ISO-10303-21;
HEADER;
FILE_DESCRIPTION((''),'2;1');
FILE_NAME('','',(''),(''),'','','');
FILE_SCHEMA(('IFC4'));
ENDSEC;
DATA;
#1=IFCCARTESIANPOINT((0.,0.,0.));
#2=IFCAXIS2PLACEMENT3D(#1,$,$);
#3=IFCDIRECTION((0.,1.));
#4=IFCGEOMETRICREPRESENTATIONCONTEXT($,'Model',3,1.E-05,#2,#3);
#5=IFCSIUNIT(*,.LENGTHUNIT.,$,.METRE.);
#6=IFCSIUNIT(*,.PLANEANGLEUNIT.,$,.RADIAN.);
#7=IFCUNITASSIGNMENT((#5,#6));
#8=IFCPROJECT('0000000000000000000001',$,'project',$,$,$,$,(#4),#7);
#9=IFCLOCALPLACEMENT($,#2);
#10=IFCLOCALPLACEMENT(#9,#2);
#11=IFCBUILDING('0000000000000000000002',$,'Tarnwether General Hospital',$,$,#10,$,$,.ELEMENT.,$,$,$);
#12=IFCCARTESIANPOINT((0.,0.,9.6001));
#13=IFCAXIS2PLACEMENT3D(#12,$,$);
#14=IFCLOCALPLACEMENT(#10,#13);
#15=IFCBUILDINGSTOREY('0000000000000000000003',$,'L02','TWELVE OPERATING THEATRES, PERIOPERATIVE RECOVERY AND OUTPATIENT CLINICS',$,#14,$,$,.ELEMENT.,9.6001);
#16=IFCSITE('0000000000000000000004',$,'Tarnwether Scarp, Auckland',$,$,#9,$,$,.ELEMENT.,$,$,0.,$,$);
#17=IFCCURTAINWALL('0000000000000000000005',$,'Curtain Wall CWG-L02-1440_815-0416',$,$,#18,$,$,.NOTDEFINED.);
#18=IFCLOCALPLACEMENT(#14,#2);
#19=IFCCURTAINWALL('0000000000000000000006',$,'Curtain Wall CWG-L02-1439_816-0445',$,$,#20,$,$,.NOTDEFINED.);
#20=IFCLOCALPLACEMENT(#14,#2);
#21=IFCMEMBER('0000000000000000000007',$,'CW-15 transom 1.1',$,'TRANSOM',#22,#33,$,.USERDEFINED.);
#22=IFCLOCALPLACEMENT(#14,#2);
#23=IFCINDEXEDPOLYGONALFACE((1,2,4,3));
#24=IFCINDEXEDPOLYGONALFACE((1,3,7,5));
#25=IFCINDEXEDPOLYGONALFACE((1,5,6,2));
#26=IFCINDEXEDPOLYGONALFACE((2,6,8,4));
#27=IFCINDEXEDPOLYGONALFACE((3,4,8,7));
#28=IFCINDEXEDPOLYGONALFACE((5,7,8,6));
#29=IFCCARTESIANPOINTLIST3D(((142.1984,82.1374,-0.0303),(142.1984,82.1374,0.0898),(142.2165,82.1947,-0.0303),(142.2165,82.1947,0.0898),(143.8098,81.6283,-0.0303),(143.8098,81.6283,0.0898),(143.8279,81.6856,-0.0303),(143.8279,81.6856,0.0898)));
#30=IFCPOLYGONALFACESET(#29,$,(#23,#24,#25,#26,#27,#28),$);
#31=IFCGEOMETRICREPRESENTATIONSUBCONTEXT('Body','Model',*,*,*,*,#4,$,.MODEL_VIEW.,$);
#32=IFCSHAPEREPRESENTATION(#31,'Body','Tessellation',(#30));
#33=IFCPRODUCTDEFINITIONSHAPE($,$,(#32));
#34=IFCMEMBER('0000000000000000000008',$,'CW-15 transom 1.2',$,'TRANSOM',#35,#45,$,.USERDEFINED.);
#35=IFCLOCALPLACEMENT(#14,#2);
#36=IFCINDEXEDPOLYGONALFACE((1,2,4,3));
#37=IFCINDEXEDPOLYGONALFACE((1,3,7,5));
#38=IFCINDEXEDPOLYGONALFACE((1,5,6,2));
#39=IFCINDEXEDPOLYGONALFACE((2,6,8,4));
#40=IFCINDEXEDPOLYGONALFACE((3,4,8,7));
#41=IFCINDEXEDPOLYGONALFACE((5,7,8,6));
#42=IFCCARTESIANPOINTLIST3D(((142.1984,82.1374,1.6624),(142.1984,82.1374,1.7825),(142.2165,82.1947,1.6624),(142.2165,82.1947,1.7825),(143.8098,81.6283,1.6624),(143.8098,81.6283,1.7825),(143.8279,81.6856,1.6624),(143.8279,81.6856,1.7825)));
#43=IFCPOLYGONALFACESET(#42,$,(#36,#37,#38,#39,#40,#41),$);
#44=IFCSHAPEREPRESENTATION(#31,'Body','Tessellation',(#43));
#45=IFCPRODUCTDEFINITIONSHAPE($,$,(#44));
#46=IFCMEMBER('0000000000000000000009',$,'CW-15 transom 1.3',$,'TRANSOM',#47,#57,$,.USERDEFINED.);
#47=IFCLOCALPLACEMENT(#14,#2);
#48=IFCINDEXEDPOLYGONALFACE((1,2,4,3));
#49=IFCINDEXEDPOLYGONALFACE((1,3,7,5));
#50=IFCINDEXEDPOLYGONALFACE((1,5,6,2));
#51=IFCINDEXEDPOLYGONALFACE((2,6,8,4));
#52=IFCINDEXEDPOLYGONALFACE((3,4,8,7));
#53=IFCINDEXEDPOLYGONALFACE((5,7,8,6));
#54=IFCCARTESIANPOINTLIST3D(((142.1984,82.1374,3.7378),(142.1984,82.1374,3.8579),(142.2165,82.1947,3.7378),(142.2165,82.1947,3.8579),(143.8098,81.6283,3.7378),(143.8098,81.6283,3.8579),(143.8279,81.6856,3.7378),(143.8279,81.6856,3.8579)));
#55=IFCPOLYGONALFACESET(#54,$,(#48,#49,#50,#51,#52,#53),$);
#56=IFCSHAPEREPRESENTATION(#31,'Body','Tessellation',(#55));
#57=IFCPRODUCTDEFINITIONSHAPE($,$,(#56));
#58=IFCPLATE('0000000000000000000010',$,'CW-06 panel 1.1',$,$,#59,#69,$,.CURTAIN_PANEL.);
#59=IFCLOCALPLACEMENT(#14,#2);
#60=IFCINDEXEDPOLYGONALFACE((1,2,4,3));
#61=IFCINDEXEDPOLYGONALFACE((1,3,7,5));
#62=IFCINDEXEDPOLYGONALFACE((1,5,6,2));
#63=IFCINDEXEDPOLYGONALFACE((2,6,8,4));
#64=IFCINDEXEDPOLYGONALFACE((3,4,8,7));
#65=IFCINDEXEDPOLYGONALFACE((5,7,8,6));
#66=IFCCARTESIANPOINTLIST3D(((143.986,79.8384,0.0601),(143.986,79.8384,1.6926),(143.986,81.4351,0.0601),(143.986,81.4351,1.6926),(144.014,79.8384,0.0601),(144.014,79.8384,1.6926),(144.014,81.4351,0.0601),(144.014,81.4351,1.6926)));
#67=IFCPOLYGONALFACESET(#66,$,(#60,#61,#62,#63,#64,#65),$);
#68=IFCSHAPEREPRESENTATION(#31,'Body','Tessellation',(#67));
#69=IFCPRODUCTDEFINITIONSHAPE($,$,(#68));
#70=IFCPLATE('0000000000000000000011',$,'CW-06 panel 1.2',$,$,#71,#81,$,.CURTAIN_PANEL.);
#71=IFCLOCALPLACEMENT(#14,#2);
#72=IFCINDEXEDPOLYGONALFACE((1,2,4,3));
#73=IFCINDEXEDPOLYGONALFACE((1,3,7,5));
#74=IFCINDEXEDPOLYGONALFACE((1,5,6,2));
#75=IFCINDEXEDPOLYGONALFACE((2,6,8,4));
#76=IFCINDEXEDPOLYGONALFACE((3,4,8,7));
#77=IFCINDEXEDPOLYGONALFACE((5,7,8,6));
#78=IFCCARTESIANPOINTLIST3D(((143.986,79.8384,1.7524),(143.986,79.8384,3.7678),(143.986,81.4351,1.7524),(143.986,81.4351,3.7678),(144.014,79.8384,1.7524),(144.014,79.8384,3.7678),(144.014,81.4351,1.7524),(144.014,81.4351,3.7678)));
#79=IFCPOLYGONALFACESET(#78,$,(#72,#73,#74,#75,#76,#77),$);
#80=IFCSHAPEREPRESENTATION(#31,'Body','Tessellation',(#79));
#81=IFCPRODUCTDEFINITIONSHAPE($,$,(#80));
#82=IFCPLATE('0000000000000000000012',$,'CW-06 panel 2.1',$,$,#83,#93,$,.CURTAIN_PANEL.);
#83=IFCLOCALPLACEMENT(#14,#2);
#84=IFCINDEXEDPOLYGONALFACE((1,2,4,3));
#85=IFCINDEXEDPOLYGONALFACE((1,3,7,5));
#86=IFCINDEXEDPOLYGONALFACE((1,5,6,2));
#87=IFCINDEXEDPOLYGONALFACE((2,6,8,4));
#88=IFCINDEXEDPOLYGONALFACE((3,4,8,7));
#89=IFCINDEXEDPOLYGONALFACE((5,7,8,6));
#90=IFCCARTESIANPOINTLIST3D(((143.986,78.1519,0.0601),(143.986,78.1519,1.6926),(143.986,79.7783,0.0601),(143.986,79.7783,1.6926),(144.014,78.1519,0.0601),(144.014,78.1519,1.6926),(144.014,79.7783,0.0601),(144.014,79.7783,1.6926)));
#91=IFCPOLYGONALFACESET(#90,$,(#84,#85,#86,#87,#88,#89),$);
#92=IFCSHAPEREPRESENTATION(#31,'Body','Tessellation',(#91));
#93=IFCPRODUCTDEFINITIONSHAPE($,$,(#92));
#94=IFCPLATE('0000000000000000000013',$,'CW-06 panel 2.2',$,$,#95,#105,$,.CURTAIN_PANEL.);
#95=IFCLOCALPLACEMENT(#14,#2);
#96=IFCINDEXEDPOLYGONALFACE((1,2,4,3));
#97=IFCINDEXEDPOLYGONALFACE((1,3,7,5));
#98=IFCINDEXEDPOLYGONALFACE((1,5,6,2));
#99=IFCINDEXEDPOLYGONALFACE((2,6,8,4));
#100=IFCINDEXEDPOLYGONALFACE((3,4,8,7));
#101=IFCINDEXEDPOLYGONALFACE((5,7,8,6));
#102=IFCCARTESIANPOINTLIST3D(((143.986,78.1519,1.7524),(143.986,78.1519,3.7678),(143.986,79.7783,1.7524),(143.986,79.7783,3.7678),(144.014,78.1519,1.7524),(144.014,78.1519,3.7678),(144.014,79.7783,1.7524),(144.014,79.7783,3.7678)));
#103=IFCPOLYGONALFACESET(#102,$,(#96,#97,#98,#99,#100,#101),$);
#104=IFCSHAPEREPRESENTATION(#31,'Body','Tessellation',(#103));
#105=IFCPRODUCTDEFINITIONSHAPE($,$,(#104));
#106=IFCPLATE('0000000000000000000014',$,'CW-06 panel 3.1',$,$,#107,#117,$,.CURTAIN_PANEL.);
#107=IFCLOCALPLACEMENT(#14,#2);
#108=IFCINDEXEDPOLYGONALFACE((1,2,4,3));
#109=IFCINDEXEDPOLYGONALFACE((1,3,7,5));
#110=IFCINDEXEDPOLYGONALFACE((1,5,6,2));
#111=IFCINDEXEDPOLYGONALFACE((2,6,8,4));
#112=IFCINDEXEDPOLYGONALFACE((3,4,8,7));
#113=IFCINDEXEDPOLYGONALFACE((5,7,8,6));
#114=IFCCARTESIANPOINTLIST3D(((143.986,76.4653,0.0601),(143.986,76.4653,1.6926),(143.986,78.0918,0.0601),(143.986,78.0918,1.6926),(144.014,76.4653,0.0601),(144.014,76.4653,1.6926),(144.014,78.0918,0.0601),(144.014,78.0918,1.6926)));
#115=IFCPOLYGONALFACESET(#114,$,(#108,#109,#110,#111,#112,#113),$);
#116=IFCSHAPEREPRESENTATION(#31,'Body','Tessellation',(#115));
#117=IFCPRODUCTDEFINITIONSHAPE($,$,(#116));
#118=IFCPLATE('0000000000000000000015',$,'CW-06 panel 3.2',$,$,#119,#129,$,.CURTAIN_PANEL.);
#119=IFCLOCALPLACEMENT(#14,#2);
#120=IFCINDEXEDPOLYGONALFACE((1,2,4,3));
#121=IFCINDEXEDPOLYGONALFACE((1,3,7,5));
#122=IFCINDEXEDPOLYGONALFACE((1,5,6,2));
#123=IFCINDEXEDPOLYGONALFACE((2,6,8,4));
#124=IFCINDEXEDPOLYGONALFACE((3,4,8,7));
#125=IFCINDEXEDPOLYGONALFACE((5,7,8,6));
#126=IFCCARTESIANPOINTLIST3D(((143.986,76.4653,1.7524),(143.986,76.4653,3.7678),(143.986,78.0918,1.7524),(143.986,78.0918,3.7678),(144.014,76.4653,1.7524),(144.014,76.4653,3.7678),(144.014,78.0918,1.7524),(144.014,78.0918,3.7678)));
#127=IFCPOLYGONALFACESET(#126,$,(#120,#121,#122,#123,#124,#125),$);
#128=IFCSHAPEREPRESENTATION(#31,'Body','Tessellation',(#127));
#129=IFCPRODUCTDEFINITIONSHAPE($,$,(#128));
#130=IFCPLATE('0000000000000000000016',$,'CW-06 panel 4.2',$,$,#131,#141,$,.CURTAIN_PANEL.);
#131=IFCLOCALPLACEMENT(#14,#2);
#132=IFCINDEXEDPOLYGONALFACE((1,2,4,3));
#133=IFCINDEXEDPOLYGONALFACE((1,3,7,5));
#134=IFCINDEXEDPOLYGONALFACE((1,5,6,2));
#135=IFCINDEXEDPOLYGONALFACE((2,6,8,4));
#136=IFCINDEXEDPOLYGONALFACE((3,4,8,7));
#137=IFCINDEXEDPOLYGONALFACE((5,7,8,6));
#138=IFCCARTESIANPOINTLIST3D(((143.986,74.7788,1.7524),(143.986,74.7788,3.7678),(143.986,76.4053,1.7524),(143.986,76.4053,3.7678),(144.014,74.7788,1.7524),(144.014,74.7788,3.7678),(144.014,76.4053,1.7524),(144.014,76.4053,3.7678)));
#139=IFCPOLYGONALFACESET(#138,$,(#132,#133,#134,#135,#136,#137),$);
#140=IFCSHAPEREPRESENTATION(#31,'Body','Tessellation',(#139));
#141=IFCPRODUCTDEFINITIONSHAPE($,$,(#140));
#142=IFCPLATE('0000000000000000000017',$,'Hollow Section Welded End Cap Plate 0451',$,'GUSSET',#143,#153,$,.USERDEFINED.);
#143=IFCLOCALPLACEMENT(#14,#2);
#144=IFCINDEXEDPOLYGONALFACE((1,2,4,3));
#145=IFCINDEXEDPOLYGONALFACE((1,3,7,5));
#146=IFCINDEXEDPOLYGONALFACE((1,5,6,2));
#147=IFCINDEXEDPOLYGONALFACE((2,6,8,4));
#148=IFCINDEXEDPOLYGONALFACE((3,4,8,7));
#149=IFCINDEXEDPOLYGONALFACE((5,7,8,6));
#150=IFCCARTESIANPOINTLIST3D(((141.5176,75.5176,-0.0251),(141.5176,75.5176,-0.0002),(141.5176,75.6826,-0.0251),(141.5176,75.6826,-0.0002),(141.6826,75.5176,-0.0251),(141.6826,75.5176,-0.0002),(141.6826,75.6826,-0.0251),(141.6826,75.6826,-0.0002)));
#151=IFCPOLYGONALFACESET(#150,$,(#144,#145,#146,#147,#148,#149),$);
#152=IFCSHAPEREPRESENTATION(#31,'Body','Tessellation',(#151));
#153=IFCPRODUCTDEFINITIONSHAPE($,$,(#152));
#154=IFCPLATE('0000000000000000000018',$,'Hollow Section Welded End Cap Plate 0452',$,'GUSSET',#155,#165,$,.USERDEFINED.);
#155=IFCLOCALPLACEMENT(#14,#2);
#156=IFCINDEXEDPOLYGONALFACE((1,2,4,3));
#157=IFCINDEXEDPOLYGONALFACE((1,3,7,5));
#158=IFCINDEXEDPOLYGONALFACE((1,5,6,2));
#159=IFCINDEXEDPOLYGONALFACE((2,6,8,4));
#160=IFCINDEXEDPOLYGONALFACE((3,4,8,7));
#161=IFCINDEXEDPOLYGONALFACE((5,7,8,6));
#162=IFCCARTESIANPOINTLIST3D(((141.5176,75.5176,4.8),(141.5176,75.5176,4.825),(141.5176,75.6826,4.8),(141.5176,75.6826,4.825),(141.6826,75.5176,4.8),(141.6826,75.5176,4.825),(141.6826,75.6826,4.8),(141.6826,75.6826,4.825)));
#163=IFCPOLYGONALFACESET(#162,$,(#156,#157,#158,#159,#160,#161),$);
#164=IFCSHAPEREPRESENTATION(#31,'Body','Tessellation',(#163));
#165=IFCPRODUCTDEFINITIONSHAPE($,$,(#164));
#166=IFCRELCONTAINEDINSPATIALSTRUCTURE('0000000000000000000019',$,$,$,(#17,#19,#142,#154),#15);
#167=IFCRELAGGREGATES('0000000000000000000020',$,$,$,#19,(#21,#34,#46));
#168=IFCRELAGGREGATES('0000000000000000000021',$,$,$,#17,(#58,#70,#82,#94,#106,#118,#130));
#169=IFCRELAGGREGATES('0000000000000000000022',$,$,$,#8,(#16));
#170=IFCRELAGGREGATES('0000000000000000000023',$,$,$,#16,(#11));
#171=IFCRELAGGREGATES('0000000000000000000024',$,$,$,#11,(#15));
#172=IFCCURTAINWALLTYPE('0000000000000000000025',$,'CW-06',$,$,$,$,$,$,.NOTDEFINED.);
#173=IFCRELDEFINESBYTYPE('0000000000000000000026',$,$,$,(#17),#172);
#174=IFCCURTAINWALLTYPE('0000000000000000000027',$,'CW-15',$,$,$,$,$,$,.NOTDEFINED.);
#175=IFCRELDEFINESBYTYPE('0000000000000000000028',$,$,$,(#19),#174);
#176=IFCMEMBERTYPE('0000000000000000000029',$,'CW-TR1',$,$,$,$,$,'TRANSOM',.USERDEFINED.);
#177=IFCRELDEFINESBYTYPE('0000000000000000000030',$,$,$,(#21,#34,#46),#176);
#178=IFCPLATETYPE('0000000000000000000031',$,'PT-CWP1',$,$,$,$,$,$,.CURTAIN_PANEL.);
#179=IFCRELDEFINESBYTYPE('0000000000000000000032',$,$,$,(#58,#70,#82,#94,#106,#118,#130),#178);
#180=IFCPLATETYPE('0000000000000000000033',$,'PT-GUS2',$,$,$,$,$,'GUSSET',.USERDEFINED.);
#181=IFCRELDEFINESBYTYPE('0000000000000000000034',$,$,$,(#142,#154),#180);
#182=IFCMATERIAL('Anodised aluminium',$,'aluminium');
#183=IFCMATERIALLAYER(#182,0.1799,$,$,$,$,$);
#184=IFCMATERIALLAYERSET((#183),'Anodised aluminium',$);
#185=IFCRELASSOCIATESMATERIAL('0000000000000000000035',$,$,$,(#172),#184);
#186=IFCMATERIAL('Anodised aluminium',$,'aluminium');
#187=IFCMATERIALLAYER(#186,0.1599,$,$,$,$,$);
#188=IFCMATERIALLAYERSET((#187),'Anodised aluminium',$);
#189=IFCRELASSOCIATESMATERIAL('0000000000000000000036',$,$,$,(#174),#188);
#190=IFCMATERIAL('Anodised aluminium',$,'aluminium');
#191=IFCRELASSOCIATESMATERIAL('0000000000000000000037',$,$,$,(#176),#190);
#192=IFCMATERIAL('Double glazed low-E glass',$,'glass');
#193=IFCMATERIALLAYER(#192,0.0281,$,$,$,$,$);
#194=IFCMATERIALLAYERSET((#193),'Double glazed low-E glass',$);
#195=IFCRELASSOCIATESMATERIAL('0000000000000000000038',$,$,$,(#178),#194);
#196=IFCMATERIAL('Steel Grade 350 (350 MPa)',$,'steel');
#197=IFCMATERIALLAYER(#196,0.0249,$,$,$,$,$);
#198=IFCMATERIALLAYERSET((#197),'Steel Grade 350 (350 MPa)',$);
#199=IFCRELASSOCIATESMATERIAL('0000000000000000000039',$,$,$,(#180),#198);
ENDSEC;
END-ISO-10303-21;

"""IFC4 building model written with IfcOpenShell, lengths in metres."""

from ifc_helpers import new_model, si_unit, direction, frame, origin, origin_2d, place, context, subcontext, project, spatial, rectangle, extrude, material, layer, layer_set, material_profile, profile_set, type_object, element, aggregate, save


model = new_model("IFC4")

# Units and contexts
model_context = context("Model", 3, precision=1e-05, world=origin(), true_north=direction((0.0, 1.0)))
body_context = subcontext(model_context, "Body", "Model", "MODEL_VIEW")
ifc_project = project(units=[si_unit("LENGTHUNIT", "METRE"), si_unit("PLANEANGLEUNIT", "RADIAN")], contexts=[model_context])

# Site, building, storey
site_placement = place(None, origin())
site = spatial("IfcSite", under=ifc_project, at=site_placement, Name="Tarnwether Scarp, Auckland", CompositionType="ELEMENT", RefElevation=0.0)
building_placement = place(site_placement, origin())
building = spatial("IfcBuilding", under=site, at=building_placement, Name="Tarnwether General Hospital", CompositionType="ELEMENT")
storey_placement = place(building_placement, frame((0.0, 0.0, 9.6001)))
storey = spatial("IfcBuildingStorey", under=building, at=storey_placement, Name="L02", Description="TWELVE OPERATING THEATRES, PERIOPERATIVE RECOVERY AND OUTPATIENT CLINICS", CompositionType="ELEMENT", Elevation=9.6001)

# Curtain wall
ifc_material_1 = material(Name="Anodised aluminium", Category="aluminium")
ifc_layer_1 = layer(ifc_material_1, 0.1799)
ifc_layer_set_1 = layer_set([ifc_layer_1], Name="Anodised aluminium")
curtain_wall_type_1 = type_object("IfcCurtainWallType", Name="CW-06", PredefinedType="NOTDEFINED", material=ifc_layer_set_1)
curtain_wall_1_placement = place(storey_placement, origin())
curtain_wall_1 = element("IfcCurtainWall", 1, at=curtain_wall_1_placement, inside=storey, type_object=curtain_wall_type_1, Name="Curtain Wall CWG-L02-1440_815-0416", PredefinedType="NOTDEFINED")

# Curtain wall
ifc_material_2 = material(Name="Anodised aluminium", Category="aluminium")
ifc_layer_2 = layer(ifc_material_2, 0.1599)
ifc_layer_set_2 = layer_set([ifc_layer_2], Name="Anodised aluminium")
curtain_wall_type_2 = type_object("IfcCurtainWallType", Name="CW-15", PredefinedType="NOTDEFINED", material=ifc_layer_set_2)
curtain_wall_2_placement = place(storey_placement, origin())
curtain_wall_2 = element("IfcCurtainWall", 2, at=curtain_wall_2_placement, inside=storey, type_object=curtain_wall_type_2, Name="Curtain Wall CWG-L02-1439_816-0445", PredefinedType="NOTDEFINED")

# Members
ifc_material_3 = material(Name="Anodised aluminium", Category="aluminium")
ifc_material_profile_1 = material_profile(ifc_material_3, rectangle(XDim=0.0601, YDim=0.1201, at=origin_2d()), Name="ALU-TRN-60x120")
ifc_profile_set_1 = profile_set([ifc_material_profile_1], Name="Anodised aluminium")
member_type_1 = type_object("IfcMemberType", Name="CW-TR1", ElementType="TRANSOM", PredefinedType="USERDEFINED", material=ifc_profile_set_1)
member_1_placement = place(storey_placement, frame((143.8188, 81.657, 0.0298), z_axis=(-0.95355, 0.301235, 0.0), x_axis=(-0.301235, -0.95355, 0.0)))
member_1 = element("IfcMember", 3, at=member_1_placement, type_object=member_type_1, Name="CW-15 transom 1.1", ObjectType="TRANSOM", PredefinedType="USERDEFINED", context=body_context, shape_type="SweptSolid", body=[
    extrude(rectangle(XDim=0.0601, YDim=0.1201, at=origin_2d()), origin(), (0.0, 0.0, 1.0), 1.6899),
])
member_2_placement = place(storey_placement, frame((143.8188, 81.657, 1.7224), z_axis=(-0.95355, 0.301235, 0.0), x_axis=(-0.301235, -0.95355, 0.0)))
member_2 = element("IfcMember", 4, at=member_2_placement, type_object=member_type_1, Name="CW-15 transom 1.2", ObjectType="TRANSOM", PredefinedType="USERDEFINED", context=body_context, shape_type="SweptSolid", body=[
    extrude(rectangle(XDim=0.0601, YDim=0.1201, at=origin_2d()), origin(), (0.0, 0.0, 1.0), 1.6899),
])
member_3_placement = place(storey_placement, frame((143.8188, 81.657, 3.7979), z_axis=(-0.95355, 0.301235, 0.0), x_axis=(-0.301235, -0.95355, 0.0)))
member_3 = element("IfcMember", 5, at=member_3_placement, type_object=member_type_1, Name="CW-15 transom 1.3", ObjectType="TRANSOM", PredefinedType="USERDEFINED", context=body_context, shape_type="SweptSolid", body=[
    extrude(rectangle(XDim=0.0601, YDim=0.1201, at=origin_2d()), origin(), (0.0, 0.0, 1.0), 1.6899),
])
aggregate(curtain_wall_2, [member_1, member_2, member_3])

# Plates
ifc_material_4 = material(Name="Double glazed low-E glass", Category="glass")
ifc_layer_3 = layer(ifc_material_4, 0.0281)
ifc_layer_set_3 = layer_set([ifc_layer_3], Name="Double glazed low-E glass")
plate_type_1 = type_object("IfcPlateType", Name="PT-CWP1", PredefinedType="CURTAIN_PANEL", material=ifc_layer_set_3)
plate_1_placement = place(storey_placement, frame((144.0, 80.6367, 0.0601), z_axis=(0.0, 0.0, 1.0), x_axis=(0.0, -1.0, 0.0)))
plate_1 = element("IfcPlate", 6, at=plate_1_placement, type_object=plate_type_1, Name="CW-06 panel 1.1", PredefinedType="CURTAIN_PANEL", context=body_context, shape_type="SweptSolid", body=[
    extrude(rectangle(XDim=1.5967, YDim=0.0281, at=origin_2d()), origin(), (0.0, 0.0, 1.0), 1.6326),
])
plate_2_placement = place(storey_placement, frame((144.0, 80.6367, 1.7524), z_axis=(0.0, 0.0, 1.0), x_axis=(0.0, -1.0, 0.0)))
plate_2 = element("IfcPlate", 7, at=plate_2_placement, type_object=plate_type_1, Name="CW-06 panel 1.2", PredefinedType="CURTAIN_PANEL", context=body_context, shape_type="SweptSolid", body=[
    extrude(rectangle(XDim=1.5967, YDim=0.0281, at=origin_2d()), origin(), (0.0, 0.0, 1.0), 2.0154),
])
plate_3_placement = place(storey_placement, frame((144.0, 78.9651, 0.0601), z_axis=(0.0, 0.0, 1.0), x_axis=(0.0, -1.0, 0.0)))
plate_3 = element("IfcPlate", 8, at=plate_3_placement, type_object=plate_type_1, Name="CW-06 panel 2.1", PredefinedType="CURTAIN_PANEL", context=body_context, shape_type="SweptSolid", body=[
    extrude(rectangle(XDim=1.6265, YDim=0.0281, at=origin_2d()), origin(), (0.0, 0.0, 1.0), 1.6326),
])
plate_4_placement = place(storey_placement, frame((144.0, 78.9651, 1.7524), z_axis=(0.0, 0.0, 1.0), x_axis=(0.0, -1.0, 0.0)))
plate_4 = element("IfcPlate", 9, at=plate_4_placement, type_object=plate_type_1, Name="CW-06 panel 2.2", PredefinedType="CURTAIN_PANEL", context=body_context, shape_type="SweptSolid", body=[
    extrude(rectangle(XDim=1.6265, YDim=0.0281, at=origin_2d()), origin(), (0.0, 0.0, 1.0), 2.0154),
])
plate_5_placement = place(storey_placement, frame((144.0, 77.2786, 0.0601), z_axis=(0.0, 0.0, 1.0), x_axis=(0.0, -1.0, 0.0)))
plate_5 = element("IfcPlate", 10, at=plate_5_placement, type_object=plate_type_1, Name="CW-06 panel 3.1", PredefinedType="CURTAIN_PANEL", context=body_context, shape_type="SweptSolid", body=[
    extrude(rectangle(XDim=1.6265, YDim=0.0281, at=origin_2d()), origin(), (0.0, 0.0, 1.0), 1.6326),
])
plate_6_placement = place(storey_placement, frame((144.0, 77.2786, 1.7524), z_axis=(0.0, 0.0, 1.0), x_axis=(0.0, -1.0, 0.0)))
plate_6 = element("IfcPlate", 11, at=plate_6_placement, type_object=plate_type_1, Name="CW-06 panel 3.2", PredefinedType="CURTAIN_PANEL", context=body_context, shape_type="SweptSolid", body=[
    extrude(rectangle(XDim=1.6265, YDim=0.0281, at=origin_2d()), origin(), (0.0, 0.0, 1.0), 2.0154),
])
plate_7_placement = place(storey_placement, frame((144.0, 75.592, 1.7524), z_axis=(0.0, 0.0, 1.0), x_axis=(0.0, -1.0, 0.0)))
plate_7 = element("IfcPlate", 12, at=plate_7_placement, type_object=plate_type_1, Name="CW-06 panel 4.2", PredefinedType="CURTAIN_PANEL", context=body_context, shape_type="SweptSolid", body=[
    extrude(rectangle(XDim=1.6265, YDim=0.0281, at=origin_2d()), origin(), (0.0, 0.0, 1.0), 2.0154),
])
aggregate(curtain_wall_1, [plate_1, plate_2, plate_3, plate_4, plate_5, plate_6, plate_7])

# Plates
ifc_material_5 = material(Name="Steel Grade 350 (350 MPa)", Category="steel")
ifc_layer_4 = layer(ifc_material_5, 0.0249)
ifc_layer_set_4 = layer_set([ifc_layer_4], Name="Steel Grade 350 (350 MPa)")
plate_type_2 = type_object("IfcPlateType", Name="PT-GUS2", ElementType="GUSSET", PredefinedType="USERDEFINED", material=ifc_layer_set_4)
for number, where, z_axis, x_axis, name in (
    (13, (141.6001, 75.6001, -0.0251), (0.0, 0.0, 1.0), (1.0, 0.0, 0.0), "Hollow Section Welded End Cap Plate 0451"),
    (14, (141.6001, 75.6001, 4.8), (0.0, 0.0, 1.0), (1.0, 0.0, 0.0), "Hollow Section Welded End Cap Plate 0452"),
):
    element("IfcPlate", number, at=place(storey_placement, frame(where, z_axis=z_axis, x_axis=x_axis)), inside=storey, type_object=plate_type_2, Name=name, ObjectType="GUSSET", PredefinedType="USERDEFINED", context=body_context, shape_type="SweptSolid", body=[
        extrude(rectangle(XDim=0.165, YDim=0.165, at=origin_2d()), origin(), (0.0, 0.0, 1.0), 0.0249),
    ])

save(model, "model.ifc")
